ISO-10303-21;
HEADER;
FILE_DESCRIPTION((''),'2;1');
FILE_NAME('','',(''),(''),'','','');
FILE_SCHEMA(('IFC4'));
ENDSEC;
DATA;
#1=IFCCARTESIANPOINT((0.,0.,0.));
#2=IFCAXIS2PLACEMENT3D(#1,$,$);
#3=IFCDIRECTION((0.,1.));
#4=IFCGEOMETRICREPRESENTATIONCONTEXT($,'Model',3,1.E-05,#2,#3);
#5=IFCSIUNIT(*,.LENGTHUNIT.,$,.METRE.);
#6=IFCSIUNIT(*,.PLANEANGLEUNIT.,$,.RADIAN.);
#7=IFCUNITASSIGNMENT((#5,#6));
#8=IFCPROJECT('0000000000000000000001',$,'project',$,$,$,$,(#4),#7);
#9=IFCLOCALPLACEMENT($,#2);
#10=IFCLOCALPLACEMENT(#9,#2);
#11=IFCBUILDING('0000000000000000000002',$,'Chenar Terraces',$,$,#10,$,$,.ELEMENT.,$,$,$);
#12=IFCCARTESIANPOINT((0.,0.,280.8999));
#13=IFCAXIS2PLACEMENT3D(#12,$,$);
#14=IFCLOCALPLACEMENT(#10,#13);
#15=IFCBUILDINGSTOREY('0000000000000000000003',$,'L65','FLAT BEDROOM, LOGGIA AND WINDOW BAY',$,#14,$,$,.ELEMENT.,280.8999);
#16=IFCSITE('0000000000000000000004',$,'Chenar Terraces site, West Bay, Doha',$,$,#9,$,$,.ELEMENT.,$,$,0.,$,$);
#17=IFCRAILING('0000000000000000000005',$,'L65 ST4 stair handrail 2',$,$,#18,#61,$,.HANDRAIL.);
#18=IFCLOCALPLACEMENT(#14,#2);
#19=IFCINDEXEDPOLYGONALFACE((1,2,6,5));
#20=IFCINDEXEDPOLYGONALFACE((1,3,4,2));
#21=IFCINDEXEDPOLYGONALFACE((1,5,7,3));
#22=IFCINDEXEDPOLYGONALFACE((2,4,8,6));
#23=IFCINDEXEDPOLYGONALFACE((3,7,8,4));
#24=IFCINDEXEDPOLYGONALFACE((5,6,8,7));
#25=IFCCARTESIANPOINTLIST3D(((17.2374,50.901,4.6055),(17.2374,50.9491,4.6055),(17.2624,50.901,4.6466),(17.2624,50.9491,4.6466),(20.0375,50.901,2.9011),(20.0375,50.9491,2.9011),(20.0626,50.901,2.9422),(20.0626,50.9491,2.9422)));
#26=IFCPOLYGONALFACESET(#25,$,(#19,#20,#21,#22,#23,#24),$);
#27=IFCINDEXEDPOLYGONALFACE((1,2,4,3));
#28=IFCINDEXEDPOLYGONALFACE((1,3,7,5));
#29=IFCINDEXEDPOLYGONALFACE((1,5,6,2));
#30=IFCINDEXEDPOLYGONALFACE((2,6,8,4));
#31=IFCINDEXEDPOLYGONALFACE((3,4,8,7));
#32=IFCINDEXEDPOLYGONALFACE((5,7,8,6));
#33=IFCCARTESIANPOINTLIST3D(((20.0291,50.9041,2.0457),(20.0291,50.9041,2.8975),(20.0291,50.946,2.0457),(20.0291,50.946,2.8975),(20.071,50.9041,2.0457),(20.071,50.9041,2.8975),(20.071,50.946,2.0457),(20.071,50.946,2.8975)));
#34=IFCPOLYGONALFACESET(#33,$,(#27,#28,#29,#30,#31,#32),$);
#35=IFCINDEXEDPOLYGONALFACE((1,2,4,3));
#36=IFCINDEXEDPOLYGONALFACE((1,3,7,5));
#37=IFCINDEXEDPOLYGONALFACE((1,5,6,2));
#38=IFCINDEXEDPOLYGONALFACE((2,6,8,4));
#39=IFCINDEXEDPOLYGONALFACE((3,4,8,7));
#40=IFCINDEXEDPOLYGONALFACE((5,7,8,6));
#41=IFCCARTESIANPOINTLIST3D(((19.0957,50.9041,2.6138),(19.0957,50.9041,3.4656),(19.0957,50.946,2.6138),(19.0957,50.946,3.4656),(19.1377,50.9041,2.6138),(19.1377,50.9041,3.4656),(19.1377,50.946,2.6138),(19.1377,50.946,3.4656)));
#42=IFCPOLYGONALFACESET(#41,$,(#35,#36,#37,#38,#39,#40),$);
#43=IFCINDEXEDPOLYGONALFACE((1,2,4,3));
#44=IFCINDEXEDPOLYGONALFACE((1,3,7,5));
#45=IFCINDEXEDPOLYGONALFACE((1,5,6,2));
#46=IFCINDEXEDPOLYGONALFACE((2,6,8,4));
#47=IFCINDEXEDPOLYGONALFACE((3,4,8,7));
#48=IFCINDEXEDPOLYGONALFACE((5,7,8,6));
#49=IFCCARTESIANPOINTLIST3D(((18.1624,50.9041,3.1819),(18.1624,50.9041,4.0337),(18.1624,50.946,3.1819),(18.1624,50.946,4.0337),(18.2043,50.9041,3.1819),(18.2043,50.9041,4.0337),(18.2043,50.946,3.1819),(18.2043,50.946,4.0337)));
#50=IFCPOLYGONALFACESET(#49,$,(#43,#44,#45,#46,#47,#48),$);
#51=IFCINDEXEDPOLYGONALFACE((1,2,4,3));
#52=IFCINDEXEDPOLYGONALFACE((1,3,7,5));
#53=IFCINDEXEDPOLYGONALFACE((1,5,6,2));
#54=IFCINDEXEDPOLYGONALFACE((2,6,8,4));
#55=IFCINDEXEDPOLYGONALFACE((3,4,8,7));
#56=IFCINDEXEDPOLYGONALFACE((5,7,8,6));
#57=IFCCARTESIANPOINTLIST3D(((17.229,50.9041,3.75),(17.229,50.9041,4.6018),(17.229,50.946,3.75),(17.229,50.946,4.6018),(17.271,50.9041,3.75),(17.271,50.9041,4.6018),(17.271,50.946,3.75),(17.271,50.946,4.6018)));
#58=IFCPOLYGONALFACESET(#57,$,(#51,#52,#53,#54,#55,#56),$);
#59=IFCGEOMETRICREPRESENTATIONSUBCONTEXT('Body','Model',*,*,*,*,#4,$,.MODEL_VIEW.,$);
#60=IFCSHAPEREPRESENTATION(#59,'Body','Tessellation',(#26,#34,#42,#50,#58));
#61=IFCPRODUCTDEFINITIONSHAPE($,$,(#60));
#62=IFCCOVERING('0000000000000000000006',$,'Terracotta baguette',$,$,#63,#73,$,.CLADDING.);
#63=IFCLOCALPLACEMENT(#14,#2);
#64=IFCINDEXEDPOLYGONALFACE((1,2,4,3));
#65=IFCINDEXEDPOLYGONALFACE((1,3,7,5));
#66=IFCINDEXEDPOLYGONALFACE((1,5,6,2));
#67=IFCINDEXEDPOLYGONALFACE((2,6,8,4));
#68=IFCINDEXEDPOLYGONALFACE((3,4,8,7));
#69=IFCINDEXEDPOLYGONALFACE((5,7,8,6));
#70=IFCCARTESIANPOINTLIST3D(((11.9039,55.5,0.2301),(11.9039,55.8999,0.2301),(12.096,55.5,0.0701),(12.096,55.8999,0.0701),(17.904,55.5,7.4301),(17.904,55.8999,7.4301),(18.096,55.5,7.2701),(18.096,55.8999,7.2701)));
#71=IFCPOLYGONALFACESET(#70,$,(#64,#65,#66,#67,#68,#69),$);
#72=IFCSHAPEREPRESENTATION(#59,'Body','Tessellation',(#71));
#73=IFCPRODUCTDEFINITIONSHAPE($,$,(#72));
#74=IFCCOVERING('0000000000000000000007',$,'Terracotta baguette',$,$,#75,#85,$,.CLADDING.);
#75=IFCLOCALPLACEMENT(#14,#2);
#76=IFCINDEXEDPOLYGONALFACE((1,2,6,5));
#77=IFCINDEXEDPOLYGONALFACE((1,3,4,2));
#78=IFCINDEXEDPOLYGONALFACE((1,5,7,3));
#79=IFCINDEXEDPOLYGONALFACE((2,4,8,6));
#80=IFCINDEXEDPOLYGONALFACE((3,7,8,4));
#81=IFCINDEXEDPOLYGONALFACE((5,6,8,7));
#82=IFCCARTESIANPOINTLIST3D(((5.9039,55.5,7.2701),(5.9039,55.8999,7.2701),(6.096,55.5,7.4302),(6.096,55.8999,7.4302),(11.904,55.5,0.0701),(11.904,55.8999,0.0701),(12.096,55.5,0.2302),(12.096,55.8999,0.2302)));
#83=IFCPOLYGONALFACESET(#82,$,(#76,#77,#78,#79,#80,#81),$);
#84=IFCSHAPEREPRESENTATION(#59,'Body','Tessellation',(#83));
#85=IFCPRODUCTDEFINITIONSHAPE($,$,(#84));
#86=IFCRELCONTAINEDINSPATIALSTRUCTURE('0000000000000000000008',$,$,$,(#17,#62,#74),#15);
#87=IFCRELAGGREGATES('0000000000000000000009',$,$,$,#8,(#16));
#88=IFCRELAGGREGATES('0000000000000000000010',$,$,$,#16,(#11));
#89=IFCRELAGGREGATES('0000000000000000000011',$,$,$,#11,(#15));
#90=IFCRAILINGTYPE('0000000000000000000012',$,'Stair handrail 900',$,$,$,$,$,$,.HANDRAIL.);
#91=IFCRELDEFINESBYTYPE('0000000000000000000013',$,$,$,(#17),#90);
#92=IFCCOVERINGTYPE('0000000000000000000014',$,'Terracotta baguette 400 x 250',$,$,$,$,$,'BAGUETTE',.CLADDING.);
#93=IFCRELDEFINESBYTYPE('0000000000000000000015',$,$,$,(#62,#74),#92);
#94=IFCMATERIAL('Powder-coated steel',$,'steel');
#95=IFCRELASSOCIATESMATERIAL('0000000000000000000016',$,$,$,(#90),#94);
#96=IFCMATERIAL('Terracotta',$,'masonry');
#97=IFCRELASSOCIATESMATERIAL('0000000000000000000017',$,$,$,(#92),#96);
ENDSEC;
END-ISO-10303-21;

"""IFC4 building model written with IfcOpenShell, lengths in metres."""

from ifc_helpers import new_model, si_unit, direction, frame, origin, origin_2d, place, context, subcontext, project, spatial, rectangle, extrude, material, material_profile, profile_set, type_object, element, save


model = new_model("IFC4")

# Units and contexts
model_context = context("Model", 3, precision=1e-05, world=origin(), true_north=direction((0.0, 1.0)))
body_context = subcontext(model_context, "Body", "Model", "MODEL_VIEW")
ifc_project = project(units=[si_unit("LENGTHUNIT", "METRE"), si_unit("PLANEANGLEUNIT", "RADIAN")], contexts=[model_context])

# Site, building, storey
site_placement = place(None, origin())
site = spatial("IfcSite", under=ifc_project, at=site_placement, Name="Chenar Terraces site, West Bay, Doha", CompositionType="ELEMENT", RefElevation=0.0)
building_placement = place(site_placement, origin())
building = spatial("IfcBuilding", under=site, at=building_placement, Name="Chenar Terraces", CompositionType="ELEMENT")
storey_placement = place(building_placement, frame((0.0, 0.0, 280.8999)))
storey = spatial("IfcBuildingStorey", under=building, at=storey_placement, Name="L65", Description="FLAT BEDROOM, LOGGIA AND WINDOW BAY", CompositionType="ELEMENT", Elevation=280.8999)

# Railing
ifc_material_1 = material(Name="Powder-coated steel", Category="steel")
railing_type_1 = type_object("IfcRailingType", Name="Stair handrail 900", PredefinedType="HANDRAIL", material=ifc_material_1)
railing_1_placement = place(storey_placement, frame((20.05, 50.925, 2.0457)))
element("IfcRailing", 1, at=railing_1_placement, inside=storey, type_object=railing_type_1, Name="L65 ST4 stair handrail 2", PredefinedType="HANDRAIL", context=body_context, shape_type="SweptSolid", body=[
    extrude(rectangle(XDim=0.0481, YDim=0.0481, at=origin_2d()), frame((0.0, 0.0, 0.876), z_axis=(-0.854203, 0.0, 0.51994), x_axis=(0.0, -1.0, 0.0)), (0.0, 0.0, 1.0), 3.2781),
    extrude(rectangle(XDim=0.042, YDim=0.042, at=origin_2d()), origin(), (0.0, 0.0, 1.0), 0.8518),
    extrude(rectangle(XDim=0.042, YDim=0.042, at=origin_2d()), frame((-0.9333, 0.0, 0.5681)), (0.0, 0.0, 1.0), 0.8518),
    extrude(rectangle(XDim=0.042, YDim=0.042, at=origin_2d()), frame((-1.8667, 0.0, 1.1362)), (0.0, 0.0, 1.0), 0.8518),
    extrude(rectangle(XDim=0.042, YDim=0.042, at=origin_2d()), frame((-2.8, 0.0, 1.7043)), (0.0, 0.0, 1.0), 0.8518),
])

# Coverings
ifc_material_2 = material(Name="Terracotta", Category="masonry")
ifc_material_profile_1 = material_profile(ifc_material_2, rectangle(XDim=0.3999, YDim=0.25, at=origin_2d()), Name="Terracotta baguette 400 x 250")
ifc_profile_set_1 = profile_set([ifc_material_profile_1], Name="Terracotta")
covering_type = type_object("IfcCoveringType", Name="Terracotta baguette 400 x 250", ElementType="BAGUETTE", PredefinedType="CLADDING", material=ifc_profile_set_1)
for number, where, z_axis, x_axis, name in (
    (2, (18.0, 55.7, 7.3501), (-0.640187, 0.0, -0.768219), (0.0, -1.0, 0.0), "Terracotta baguette"),
    (3, (12.0, 55.7, 0.1501), (-0.640187, 0.0, 0.768219), (0.0, -1.0, 0.0), "Terracotta baguette"),
):
    element("IfcCovering", number, at=place(storey_placement, frame(where, z_axis=z_axis, x_axis=x_axis)), inside=storey, type_object=covering_type, Name=name, PredefinedType="CLADDING", context=body_context, shape_type="SweptSolid", body=[
        extrude(rectangle(XDim=0.3999, YDim=0.25, at=origin_2d()), origin(), (0.0, 0.0, 1.0), 9.3723),
    ])

save(model, "model.ifc")
